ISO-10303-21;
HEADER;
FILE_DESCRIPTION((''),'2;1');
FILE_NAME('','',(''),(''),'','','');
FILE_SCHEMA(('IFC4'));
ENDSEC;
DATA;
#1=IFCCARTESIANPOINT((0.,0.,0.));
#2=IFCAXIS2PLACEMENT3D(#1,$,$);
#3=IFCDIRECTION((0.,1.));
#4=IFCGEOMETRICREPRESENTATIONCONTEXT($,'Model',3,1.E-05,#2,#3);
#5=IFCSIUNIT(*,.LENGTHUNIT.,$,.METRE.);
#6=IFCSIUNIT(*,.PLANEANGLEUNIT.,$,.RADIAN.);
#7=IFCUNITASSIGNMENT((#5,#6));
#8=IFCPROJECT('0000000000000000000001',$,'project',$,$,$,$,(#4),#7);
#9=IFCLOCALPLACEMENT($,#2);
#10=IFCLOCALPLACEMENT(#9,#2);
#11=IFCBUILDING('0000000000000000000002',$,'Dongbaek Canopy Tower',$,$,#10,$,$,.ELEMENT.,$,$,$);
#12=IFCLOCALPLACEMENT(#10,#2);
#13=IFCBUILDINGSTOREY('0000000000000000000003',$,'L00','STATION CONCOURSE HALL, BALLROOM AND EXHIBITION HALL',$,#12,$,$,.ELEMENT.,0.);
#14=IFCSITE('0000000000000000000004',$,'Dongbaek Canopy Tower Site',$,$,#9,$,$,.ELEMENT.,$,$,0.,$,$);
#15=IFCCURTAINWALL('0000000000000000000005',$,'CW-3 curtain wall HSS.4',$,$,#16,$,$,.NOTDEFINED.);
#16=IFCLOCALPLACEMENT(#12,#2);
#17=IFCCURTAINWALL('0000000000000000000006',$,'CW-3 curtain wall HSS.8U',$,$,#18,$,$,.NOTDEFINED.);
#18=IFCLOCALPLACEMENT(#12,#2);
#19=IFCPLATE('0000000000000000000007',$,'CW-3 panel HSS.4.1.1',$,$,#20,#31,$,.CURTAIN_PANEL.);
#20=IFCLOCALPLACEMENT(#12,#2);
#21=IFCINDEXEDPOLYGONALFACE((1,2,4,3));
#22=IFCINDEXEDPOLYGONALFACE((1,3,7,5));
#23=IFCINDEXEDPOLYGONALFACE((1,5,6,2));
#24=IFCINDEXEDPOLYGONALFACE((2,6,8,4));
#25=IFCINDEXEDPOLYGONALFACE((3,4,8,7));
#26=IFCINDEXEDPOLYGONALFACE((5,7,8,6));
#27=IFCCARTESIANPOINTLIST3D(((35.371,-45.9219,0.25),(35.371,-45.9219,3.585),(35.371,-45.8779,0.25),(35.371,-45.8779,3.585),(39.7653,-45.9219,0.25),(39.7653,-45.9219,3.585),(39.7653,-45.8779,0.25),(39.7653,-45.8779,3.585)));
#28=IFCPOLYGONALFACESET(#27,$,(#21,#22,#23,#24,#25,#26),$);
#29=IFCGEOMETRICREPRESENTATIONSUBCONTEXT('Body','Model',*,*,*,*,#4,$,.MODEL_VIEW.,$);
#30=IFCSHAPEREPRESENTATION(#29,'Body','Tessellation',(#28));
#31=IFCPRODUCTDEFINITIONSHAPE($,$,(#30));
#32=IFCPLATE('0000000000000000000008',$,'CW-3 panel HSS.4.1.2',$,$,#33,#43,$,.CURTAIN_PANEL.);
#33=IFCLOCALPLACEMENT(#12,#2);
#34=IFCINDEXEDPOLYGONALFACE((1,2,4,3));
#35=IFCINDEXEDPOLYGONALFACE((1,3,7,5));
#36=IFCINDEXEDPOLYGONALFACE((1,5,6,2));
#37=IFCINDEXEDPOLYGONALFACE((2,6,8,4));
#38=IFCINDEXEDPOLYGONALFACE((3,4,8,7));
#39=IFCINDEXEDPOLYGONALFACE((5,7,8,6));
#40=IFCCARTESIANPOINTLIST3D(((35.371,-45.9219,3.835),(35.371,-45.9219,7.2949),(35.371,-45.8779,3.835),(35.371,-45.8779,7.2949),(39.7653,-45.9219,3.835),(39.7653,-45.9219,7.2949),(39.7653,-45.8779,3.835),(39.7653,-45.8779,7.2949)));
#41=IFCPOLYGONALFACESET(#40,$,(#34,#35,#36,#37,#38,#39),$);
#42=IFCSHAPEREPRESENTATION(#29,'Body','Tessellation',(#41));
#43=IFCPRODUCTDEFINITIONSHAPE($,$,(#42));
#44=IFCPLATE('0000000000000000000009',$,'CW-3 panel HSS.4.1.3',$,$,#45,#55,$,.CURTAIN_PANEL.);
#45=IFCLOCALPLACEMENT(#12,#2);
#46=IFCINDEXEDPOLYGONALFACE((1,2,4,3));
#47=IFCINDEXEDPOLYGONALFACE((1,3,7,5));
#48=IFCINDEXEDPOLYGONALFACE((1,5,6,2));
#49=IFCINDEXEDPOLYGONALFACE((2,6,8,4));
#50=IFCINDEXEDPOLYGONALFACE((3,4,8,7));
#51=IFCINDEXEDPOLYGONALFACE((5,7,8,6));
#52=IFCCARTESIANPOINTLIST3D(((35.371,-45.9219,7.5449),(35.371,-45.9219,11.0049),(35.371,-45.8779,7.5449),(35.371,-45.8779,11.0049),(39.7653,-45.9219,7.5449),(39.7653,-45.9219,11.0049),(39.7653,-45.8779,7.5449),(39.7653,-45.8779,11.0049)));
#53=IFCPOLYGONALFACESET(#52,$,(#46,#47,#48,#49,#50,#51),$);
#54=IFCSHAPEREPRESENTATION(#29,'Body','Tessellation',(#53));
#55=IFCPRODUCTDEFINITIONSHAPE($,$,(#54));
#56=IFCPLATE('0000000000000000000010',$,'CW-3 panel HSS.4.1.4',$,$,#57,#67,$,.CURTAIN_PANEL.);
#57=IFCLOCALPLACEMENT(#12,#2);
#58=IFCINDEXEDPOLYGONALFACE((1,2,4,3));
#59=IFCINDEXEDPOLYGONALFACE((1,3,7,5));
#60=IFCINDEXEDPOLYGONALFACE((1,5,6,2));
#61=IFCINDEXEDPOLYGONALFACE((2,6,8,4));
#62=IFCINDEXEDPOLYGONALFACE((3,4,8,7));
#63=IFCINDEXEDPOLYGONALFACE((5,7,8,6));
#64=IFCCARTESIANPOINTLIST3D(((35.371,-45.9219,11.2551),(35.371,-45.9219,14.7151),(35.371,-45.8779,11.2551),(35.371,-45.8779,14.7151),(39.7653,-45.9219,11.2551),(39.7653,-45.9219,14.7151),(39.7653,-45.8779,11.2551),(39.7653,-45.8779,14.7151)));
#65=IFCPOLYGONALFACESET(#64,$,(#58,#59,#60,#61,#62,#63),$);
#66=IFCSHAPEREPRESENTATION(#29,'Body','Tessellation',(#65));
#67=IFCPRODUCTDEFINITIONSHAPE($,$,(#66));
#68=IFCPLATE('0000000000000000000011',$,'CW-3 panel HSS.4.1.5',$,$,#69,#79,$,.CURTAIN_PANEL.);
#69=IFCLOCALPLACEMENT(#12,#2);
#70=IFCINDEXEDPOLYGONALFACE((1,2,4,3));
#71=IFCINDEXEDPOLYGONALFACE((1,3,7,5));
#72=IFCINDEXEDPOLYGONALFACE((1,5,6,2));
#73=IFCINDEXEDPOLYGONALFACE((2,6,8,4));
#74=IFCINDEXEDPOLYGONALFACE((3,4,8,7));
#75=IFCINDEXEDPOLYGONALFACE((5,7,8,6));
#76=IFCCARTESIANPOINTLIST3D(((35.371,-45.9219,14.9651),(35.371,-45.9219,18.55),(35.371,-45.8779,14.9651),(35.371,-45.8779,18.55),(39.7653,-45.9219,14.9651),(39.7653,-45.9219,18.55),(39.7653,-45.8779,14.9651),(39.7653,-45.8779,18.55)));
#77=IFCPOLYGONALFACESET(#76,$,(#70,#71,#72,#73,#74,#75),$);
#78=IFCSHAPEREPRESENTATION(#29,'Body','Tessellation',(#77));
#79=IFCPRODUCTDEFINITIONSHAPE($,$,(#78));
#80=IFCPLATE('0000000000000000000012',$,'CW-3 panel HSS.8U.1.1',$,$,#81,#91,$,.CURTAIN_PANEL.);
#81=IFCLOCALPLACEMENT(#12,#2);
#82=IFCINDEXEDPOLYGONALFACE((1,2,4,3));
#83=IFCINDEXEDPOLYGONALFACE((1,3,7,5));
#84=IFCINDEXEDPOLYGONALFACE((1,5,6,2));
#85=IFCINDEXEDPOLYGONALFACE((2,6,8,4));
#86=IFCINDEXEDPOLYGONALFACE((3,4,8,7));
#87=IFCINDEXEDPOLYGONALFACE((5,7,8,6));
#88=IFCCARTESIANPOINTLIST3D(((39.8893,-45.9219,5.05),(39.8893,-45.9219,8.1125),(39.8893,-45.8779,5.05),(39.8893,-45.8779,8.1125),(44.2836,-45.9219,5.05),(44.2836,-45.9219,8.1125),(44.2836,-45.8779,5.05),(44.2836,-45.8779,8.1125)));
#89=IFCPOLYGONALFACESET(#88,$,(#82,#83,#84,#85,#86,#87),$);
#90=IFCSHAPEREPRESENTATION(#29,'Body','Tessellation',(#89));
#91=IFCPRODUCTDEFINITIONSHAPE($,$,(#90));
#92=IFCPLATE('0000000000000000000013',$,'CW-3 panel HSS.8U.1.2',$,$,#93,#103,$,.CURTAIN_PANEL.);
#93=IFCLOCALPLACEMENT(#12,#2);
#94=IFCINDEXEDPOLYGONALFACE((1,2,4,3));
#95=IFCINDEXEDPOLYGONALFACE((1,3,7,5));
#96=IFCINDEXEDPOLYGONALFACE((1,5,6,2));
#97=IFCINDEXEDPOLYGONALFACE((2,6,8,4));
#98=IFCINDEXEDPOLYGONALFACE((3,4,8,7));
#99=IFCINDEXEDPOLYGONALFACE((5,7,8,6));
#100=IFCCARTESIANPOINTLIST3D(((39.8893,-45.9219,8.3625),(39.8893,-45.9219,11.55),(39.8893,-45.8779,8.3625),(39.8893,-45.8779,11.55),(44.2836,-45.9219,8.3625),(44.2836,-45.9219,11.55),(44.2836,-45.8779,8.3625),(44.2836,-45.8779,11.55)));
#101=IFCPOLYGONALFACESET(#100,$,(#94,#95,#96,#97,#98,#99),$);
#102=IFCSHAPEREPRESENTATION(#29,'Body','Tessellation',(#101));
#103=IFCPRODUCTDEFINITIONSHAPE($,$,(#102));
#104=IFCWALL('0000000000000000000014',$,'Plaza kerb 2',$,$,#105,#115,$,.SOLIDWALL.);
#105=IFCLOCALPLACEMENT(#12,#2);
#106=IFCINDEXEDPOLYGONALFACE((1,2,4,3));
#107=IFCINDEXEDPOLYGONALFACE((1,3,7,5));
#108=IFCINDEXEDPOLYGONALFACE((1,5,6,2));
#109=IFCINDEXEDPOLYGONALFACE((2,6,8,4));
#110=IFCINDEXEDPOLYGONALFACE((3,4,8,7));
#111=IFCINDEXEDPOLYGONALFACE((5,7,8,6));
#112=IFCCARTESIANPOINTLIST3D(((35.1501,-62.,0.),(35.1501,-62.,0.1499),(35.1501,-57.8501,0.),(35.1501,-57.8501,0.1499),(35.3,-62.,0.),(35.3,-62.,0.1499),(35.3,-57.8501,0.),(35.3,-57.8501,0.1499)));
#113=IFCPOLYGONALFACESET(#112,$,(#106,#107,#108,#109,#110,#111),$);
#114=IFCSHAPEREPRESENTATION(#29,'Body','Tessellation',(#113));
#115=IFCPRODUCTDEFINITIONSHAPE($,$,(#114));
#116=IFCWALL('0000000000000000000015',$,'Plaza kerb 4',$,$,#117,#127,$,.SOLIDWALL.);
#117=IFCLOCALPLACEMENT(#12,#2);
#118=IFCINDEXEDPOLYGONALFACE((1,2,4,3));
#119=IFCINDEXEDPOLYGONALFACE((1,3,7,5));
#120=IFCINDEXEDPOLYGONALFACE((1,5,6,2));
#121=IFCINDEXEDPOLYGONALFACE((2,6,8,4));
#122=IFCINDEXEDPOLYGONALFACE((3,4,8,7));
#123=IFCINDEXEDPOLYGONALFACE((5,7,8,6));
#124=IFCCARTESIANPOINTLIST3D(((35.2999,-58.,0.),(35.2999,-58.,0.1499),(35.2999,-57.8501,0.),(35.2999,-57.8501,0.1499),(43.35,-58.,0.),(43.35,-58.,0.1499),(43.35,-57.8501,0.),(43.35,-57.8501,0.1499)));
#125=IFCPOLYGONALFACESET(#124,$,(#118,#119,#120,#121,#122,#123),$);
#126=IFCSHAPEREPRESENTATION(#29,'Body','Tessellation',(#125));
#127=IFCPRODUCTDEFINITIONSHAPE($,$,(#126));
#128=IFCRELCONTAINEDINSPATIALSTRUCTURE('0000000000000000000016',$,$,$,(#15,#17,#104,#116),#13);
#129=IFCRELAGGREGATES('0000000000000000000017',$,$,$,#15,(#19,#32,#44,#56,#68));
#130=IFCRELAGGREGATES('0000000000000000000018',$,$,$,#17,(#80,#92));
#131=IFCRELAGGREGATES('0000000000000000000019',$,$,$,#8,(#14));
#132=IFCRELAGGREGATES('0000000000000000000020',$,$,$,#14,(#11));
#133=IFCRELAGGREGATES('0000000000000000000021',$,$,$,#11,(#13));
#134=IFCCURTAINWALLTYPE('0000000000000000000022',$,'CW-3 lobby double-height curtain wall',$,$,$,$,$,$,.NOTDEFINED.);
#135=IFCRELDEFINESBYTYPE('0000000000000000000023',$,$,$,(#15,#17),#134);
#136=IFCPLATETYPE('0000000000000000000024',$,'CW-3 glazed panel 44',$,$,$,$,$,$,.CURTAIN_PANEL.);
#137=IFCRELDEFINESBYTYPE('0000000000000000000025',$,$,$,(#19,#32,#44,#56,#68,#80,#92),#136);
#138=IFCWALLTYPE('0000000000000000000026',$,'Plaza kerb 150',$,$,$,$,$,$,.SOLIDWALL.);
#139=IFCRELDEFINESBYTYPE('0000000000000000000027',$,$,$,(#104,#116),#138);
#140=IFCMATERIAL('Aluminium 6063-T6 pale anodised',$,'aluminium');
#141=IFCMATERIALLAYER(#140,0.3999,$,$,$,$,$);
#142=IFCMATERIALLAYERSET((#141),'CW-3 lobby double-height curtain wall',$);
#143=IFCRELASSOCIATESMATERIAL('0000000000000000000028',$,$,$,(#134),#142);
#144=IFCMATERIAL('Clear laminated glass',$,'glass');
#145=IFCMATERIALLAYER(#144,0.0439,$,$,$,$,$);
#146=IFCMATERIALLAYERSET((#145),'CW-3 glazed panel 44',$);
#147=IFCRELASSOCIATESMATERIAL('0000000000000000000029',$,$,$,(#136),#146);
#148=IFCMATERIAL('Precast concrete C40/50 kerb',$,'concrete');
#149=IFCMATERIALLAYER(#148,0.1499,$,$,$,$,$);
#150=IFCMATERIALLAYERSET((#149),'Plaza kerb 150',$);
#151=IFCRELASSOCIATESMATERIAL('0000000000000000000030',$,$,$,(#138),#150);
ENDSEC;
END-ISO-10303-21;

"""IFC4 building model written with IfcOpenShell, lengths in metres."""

from ifc_helpers import new_model, si_unit, direction, frame, frame_2d, origin, origin_2d, place, context, subcontext, project, spatial, rectangle, extrude, material, layer, layer_set, type_object, element, aggregate, save


model = new_model("IFC4")

# Units and contexts
model_context = context("Model", 3, precision=1e-05, world=origin(), true_north=direction((0.0, 1.0)))
body_context = subcontext(model_context, "Body", "Model", "MODEL_VIEW")
ifc_project = project(units=[si_unit("LENGTHUNIT", "METRE"), si_unit("PLANEANGLEUNIT", "RADIAN")], contexts=[model_context])

# Site, building, storey
site_placement = place(None, origin())
site = spatial("IfcSite", under=ifc_project, at=site_placement, Name="Dongbaek Canopy Tower Site", CompositionType="ELEMENT", RefElevation=0.0)
building_placement = place(site_placement, origin())
building = spatial("IfcBuilding", under=site, at=building_placement, Name="Dongbaek Canopy Tower", CompositionType="ELEMENT")
storey_placement = place(building_placement, origin())
storey = spatial("IfcBuildingStorey", under=building, at=storey_placement, Name="L00", Description="STATION CONCOURSE HALL, BALLROOM AND EXHIBITION HALL", CompositionType="ELEMENT", Elevation=0.0)

# Shared definitions
ifc_material_1 = material(Name="Aluminium 6063-T6 pale anodised", Category="aluminium")
ifc_layer_1 = layer(ifc_material_1, 0.3999)
ifc_layer_set_1 = layer_set([ifc_layer_1], Name="CW-3 lobby double-height curtain wall")
curtain_wall_type = type_object("IfcCurtainWallType", Name="CW-3 lobby double-height curtain wall", PredefinedType="NOTDEFINED", material=ifc_layer_set_1)

# Curtain walls
curtain_wall_1_placement = place(storey_placement, origin())
curtain_wall_1 = element("IfcCurtainWall", 1, at=curtain_wall_1_placement, inside=storey, type_object=curtain_wall_type, Name="CW-3 curtain wall HSS.4", PredefinedType="NOTDEFINED")
curtain_wall_2_placement = place(storey_placement, origin())
curtain_wall_2 = element("IfcCurtainWall", 2, at=curtain_wall_2_placement, inside=storey, type_object=curtain_wall_type, Name="CW-3 curtain wall HSS.8U", PredefinedType="NOTDEFINED")

# Plates
ifc_material_2 = material(Name="Clear laminated glass", Category="glass")
ifc_layer_2 = layer(ifc_material_2, 0.0439)
ifc_layer_set_2 = layer_set([ifc_layer_2], Name="CW-3 glazed panel 44")
plate_type = type_object("IfcPlateType", Name="CW-3 glazed panel 44", PredefinedType="CURTAIN_PANEL", material=ifc_layer_set_2)
plate_1_placement = place(storey_placement, frame((37.5681, -45.8999, 0.25), z_axis=(0.0, 0.0, 1.0), x_axis=(1.0, 0.0, 0.0)))
plate_1 = element("IfcPlate", 3, at=plate_1_placement, type_object=plate_type, Name="CW-3 panel HSS.4.1.1", PredefinedType="CURTAIN_PANEL", context=body_context, shape_type="SweptSolid", body=[
    extrude(rectangle(XDim=4.3943, YDim=0.0439, at=origin_2d()), origin(), (0.0, 0.0, 1.0), 3.335),
])
plate_2_placement = place(storey_placement, frame((37.5681, -45.8999, 3.835), z_axis=(0.0, 0.0, 1.0), x_axis=(1.0, 0.0, 0.0)))
plate_2 = element("IfcPlate", 4, at=plate_2_placement, type_object=plate_type, Name="CW-3 panel HSS.4.1.2", PredefinedType="CURTAIN_PANEL", context=body_context, shape_type="SweptSolid", body=[
    extrude(rectangle(XDim=4.3943, YDim=0.0439, at=origin_2d()), origin(), (0.0, 0.0, 1.0), 3.46),
])
plate_3_placement = place(storey_placement, frame((37.5681, -45.8999, 7.5449), z_axis=(0.0, 0.0, 1.0), x_axis=(1.0, 0.0, 0.0)))
plate_3 = element("IfcPlate", 5, at=plate_3_placement, type_object=plate_type, Name="CW-3 panel HSS.4.1.3", PredefinedType="CURTAIN_PANEL", context=body_context, shape_type="SweptSolid", body=[
    extrude(rectangle(XDim=4.3943, YDim=0.0439, at=origin_2d()), origin(), (0.0, 0.0, 1.0), 3.46),
])
plate_4_placement = place(storey_placement, frame((37.5681, -45.8999, 11.2551), z_axis=(0.0, 0.0, 1.0), x_axis=(1.0, 0.0, 0.0)))
plate_4 = element("IfcPlate", 6, at=plate_4_placement, type_object=plate_type, Name="CW-3 panel HSS.4.1.4", PredefinedType="CURTAIN_PANEL", context=body_context, shape_type="SweptSolid", body=[
    extrude(rectangle(XDim=4.3943, YDim=0.0439, at=origin_2d()), origin(), (0.0, 0.0, 1.0), 3.46),
])
plate_5_placement = place(storey_placement, frame((37.5681, -45.8999, 14.9651), z_axis=(0.0, 0.0, 1.0), x_axis=(1.0, 0.0, 0.0)))
plate_5 = element("IfcPlate", 7, at=plate_5_placement, type_object=plate_type, Name="CW-3 panel HSS.4.1.5", PredefinedType="CURTAIN_PANEL", context=body_context, shape_type="SweptSolid", body=[
    extrude(rectangle(XDim=4.3943, YDim=0.0439, at=origin_2d()), origin(), (0.0, 0.0, 1.0), 3.585),
])
aggregate(curtain_wall_1, [plate_1, plate_2, plate_3, plate_4, plate_5])
plate_6_placement = place(storey_placement, frame((42.0864, -45.8999, 5.05), z_axis=(0.0, 0.0, 1.0), x_axis=(1.0, 0.0, 0.0)))
plate_6 = element("IfcPlate", 8, at=plate_6_placement, type_object=plate_type, Name="CW-3 panel HSS.8U.1.1", PredefinedType="CURTAIN_PANEL", context=body_context, shape_type="SweptSolid", body=[
    extrude(rectangle(XDim=4.3943, YDim=0.0439, at=origin_2d()), origin(), (0.0, 0.0, 1.0), 3.0625),
])
plate_7_placement = place(storey_placement, frame((42.0864, -45.8999, 8.3625), z_axis=(0.0, 0.0, 1.0), x_axis=(1.0, 0.0, 0.0)))
plate_7 = element("IfcPlate", 9, at=plate_7_placement, type_object=plate_type, Name="CW-3 panel HSS.8U.1.2", PredefinedType="CURTAIN_PANEL", context=body_context, shape_type="SweptSolid", body=[
    extrude(rectangle(XDim=4.3943, YDim=0.0439, at=origin_2d()), origin(), (0.0, 0.0, 1.0), 3.1875),
])
aggregate(curtain_wall_2, [plate_6, plate_7])

# Walls
ifc_material_3 = material(Name="Precast concrete C40/50 kerb", Category="concrete")
ifc_layer_3 = layer(ifc_material_3, 0.1499)
ifc_layer_set_3 = layer_set([ifc_layer_3], Name="Plaza kerb 150")
wall_type_1 = type_object("IfcWallType", Name="Plaza kerb 150", PredefinedType="SOLIDWALL", material=ifc_layer_set_3)
wall_1_placement = place(storey_placement, frame((35.2251, -62.0, 0.0), z_axis=(0.0, 0.0, 1.0), x_axis=(0.0, 1.0, 0.0)))
element("IfcWall", 10, at=wall_1_placement, inside=storey, type_object=wall_type_1, Name="Plaza kerb 2", PredefinedType="SOLIDWALL", context=body_context, shape_type="SweptSolid", body=[
    extrude(rectangle(XDim=4.1499, YDim=0.1499, at=frame_2d((2.075, 0.0))), origin(), (0.0, 0.0, 1.0), 0.1499),
])
wall_2_placement = place(storey_placement, frame((35.3, -57.925, 0.0), z_axis=(0.0, 0.0, 1.0), x_axis=(1.0, 0.0, 0.0)))
element("IfcWall", 11, at=wall_2_placement, inside=storey, type_object=wall_type_1, Name="Plaza kerb 4", PredefinedType="SOLIDWALL", context=body_context, shape_type="SweptSolid", body=[
    extrude(rectangle(XDim=8.05, YDim=0.1499, at=frame_2d((4.0249, 0.0))), origin(), (0.0, 0.0, 1.0), 0.1499),
])

save(model, "model.ifc")
